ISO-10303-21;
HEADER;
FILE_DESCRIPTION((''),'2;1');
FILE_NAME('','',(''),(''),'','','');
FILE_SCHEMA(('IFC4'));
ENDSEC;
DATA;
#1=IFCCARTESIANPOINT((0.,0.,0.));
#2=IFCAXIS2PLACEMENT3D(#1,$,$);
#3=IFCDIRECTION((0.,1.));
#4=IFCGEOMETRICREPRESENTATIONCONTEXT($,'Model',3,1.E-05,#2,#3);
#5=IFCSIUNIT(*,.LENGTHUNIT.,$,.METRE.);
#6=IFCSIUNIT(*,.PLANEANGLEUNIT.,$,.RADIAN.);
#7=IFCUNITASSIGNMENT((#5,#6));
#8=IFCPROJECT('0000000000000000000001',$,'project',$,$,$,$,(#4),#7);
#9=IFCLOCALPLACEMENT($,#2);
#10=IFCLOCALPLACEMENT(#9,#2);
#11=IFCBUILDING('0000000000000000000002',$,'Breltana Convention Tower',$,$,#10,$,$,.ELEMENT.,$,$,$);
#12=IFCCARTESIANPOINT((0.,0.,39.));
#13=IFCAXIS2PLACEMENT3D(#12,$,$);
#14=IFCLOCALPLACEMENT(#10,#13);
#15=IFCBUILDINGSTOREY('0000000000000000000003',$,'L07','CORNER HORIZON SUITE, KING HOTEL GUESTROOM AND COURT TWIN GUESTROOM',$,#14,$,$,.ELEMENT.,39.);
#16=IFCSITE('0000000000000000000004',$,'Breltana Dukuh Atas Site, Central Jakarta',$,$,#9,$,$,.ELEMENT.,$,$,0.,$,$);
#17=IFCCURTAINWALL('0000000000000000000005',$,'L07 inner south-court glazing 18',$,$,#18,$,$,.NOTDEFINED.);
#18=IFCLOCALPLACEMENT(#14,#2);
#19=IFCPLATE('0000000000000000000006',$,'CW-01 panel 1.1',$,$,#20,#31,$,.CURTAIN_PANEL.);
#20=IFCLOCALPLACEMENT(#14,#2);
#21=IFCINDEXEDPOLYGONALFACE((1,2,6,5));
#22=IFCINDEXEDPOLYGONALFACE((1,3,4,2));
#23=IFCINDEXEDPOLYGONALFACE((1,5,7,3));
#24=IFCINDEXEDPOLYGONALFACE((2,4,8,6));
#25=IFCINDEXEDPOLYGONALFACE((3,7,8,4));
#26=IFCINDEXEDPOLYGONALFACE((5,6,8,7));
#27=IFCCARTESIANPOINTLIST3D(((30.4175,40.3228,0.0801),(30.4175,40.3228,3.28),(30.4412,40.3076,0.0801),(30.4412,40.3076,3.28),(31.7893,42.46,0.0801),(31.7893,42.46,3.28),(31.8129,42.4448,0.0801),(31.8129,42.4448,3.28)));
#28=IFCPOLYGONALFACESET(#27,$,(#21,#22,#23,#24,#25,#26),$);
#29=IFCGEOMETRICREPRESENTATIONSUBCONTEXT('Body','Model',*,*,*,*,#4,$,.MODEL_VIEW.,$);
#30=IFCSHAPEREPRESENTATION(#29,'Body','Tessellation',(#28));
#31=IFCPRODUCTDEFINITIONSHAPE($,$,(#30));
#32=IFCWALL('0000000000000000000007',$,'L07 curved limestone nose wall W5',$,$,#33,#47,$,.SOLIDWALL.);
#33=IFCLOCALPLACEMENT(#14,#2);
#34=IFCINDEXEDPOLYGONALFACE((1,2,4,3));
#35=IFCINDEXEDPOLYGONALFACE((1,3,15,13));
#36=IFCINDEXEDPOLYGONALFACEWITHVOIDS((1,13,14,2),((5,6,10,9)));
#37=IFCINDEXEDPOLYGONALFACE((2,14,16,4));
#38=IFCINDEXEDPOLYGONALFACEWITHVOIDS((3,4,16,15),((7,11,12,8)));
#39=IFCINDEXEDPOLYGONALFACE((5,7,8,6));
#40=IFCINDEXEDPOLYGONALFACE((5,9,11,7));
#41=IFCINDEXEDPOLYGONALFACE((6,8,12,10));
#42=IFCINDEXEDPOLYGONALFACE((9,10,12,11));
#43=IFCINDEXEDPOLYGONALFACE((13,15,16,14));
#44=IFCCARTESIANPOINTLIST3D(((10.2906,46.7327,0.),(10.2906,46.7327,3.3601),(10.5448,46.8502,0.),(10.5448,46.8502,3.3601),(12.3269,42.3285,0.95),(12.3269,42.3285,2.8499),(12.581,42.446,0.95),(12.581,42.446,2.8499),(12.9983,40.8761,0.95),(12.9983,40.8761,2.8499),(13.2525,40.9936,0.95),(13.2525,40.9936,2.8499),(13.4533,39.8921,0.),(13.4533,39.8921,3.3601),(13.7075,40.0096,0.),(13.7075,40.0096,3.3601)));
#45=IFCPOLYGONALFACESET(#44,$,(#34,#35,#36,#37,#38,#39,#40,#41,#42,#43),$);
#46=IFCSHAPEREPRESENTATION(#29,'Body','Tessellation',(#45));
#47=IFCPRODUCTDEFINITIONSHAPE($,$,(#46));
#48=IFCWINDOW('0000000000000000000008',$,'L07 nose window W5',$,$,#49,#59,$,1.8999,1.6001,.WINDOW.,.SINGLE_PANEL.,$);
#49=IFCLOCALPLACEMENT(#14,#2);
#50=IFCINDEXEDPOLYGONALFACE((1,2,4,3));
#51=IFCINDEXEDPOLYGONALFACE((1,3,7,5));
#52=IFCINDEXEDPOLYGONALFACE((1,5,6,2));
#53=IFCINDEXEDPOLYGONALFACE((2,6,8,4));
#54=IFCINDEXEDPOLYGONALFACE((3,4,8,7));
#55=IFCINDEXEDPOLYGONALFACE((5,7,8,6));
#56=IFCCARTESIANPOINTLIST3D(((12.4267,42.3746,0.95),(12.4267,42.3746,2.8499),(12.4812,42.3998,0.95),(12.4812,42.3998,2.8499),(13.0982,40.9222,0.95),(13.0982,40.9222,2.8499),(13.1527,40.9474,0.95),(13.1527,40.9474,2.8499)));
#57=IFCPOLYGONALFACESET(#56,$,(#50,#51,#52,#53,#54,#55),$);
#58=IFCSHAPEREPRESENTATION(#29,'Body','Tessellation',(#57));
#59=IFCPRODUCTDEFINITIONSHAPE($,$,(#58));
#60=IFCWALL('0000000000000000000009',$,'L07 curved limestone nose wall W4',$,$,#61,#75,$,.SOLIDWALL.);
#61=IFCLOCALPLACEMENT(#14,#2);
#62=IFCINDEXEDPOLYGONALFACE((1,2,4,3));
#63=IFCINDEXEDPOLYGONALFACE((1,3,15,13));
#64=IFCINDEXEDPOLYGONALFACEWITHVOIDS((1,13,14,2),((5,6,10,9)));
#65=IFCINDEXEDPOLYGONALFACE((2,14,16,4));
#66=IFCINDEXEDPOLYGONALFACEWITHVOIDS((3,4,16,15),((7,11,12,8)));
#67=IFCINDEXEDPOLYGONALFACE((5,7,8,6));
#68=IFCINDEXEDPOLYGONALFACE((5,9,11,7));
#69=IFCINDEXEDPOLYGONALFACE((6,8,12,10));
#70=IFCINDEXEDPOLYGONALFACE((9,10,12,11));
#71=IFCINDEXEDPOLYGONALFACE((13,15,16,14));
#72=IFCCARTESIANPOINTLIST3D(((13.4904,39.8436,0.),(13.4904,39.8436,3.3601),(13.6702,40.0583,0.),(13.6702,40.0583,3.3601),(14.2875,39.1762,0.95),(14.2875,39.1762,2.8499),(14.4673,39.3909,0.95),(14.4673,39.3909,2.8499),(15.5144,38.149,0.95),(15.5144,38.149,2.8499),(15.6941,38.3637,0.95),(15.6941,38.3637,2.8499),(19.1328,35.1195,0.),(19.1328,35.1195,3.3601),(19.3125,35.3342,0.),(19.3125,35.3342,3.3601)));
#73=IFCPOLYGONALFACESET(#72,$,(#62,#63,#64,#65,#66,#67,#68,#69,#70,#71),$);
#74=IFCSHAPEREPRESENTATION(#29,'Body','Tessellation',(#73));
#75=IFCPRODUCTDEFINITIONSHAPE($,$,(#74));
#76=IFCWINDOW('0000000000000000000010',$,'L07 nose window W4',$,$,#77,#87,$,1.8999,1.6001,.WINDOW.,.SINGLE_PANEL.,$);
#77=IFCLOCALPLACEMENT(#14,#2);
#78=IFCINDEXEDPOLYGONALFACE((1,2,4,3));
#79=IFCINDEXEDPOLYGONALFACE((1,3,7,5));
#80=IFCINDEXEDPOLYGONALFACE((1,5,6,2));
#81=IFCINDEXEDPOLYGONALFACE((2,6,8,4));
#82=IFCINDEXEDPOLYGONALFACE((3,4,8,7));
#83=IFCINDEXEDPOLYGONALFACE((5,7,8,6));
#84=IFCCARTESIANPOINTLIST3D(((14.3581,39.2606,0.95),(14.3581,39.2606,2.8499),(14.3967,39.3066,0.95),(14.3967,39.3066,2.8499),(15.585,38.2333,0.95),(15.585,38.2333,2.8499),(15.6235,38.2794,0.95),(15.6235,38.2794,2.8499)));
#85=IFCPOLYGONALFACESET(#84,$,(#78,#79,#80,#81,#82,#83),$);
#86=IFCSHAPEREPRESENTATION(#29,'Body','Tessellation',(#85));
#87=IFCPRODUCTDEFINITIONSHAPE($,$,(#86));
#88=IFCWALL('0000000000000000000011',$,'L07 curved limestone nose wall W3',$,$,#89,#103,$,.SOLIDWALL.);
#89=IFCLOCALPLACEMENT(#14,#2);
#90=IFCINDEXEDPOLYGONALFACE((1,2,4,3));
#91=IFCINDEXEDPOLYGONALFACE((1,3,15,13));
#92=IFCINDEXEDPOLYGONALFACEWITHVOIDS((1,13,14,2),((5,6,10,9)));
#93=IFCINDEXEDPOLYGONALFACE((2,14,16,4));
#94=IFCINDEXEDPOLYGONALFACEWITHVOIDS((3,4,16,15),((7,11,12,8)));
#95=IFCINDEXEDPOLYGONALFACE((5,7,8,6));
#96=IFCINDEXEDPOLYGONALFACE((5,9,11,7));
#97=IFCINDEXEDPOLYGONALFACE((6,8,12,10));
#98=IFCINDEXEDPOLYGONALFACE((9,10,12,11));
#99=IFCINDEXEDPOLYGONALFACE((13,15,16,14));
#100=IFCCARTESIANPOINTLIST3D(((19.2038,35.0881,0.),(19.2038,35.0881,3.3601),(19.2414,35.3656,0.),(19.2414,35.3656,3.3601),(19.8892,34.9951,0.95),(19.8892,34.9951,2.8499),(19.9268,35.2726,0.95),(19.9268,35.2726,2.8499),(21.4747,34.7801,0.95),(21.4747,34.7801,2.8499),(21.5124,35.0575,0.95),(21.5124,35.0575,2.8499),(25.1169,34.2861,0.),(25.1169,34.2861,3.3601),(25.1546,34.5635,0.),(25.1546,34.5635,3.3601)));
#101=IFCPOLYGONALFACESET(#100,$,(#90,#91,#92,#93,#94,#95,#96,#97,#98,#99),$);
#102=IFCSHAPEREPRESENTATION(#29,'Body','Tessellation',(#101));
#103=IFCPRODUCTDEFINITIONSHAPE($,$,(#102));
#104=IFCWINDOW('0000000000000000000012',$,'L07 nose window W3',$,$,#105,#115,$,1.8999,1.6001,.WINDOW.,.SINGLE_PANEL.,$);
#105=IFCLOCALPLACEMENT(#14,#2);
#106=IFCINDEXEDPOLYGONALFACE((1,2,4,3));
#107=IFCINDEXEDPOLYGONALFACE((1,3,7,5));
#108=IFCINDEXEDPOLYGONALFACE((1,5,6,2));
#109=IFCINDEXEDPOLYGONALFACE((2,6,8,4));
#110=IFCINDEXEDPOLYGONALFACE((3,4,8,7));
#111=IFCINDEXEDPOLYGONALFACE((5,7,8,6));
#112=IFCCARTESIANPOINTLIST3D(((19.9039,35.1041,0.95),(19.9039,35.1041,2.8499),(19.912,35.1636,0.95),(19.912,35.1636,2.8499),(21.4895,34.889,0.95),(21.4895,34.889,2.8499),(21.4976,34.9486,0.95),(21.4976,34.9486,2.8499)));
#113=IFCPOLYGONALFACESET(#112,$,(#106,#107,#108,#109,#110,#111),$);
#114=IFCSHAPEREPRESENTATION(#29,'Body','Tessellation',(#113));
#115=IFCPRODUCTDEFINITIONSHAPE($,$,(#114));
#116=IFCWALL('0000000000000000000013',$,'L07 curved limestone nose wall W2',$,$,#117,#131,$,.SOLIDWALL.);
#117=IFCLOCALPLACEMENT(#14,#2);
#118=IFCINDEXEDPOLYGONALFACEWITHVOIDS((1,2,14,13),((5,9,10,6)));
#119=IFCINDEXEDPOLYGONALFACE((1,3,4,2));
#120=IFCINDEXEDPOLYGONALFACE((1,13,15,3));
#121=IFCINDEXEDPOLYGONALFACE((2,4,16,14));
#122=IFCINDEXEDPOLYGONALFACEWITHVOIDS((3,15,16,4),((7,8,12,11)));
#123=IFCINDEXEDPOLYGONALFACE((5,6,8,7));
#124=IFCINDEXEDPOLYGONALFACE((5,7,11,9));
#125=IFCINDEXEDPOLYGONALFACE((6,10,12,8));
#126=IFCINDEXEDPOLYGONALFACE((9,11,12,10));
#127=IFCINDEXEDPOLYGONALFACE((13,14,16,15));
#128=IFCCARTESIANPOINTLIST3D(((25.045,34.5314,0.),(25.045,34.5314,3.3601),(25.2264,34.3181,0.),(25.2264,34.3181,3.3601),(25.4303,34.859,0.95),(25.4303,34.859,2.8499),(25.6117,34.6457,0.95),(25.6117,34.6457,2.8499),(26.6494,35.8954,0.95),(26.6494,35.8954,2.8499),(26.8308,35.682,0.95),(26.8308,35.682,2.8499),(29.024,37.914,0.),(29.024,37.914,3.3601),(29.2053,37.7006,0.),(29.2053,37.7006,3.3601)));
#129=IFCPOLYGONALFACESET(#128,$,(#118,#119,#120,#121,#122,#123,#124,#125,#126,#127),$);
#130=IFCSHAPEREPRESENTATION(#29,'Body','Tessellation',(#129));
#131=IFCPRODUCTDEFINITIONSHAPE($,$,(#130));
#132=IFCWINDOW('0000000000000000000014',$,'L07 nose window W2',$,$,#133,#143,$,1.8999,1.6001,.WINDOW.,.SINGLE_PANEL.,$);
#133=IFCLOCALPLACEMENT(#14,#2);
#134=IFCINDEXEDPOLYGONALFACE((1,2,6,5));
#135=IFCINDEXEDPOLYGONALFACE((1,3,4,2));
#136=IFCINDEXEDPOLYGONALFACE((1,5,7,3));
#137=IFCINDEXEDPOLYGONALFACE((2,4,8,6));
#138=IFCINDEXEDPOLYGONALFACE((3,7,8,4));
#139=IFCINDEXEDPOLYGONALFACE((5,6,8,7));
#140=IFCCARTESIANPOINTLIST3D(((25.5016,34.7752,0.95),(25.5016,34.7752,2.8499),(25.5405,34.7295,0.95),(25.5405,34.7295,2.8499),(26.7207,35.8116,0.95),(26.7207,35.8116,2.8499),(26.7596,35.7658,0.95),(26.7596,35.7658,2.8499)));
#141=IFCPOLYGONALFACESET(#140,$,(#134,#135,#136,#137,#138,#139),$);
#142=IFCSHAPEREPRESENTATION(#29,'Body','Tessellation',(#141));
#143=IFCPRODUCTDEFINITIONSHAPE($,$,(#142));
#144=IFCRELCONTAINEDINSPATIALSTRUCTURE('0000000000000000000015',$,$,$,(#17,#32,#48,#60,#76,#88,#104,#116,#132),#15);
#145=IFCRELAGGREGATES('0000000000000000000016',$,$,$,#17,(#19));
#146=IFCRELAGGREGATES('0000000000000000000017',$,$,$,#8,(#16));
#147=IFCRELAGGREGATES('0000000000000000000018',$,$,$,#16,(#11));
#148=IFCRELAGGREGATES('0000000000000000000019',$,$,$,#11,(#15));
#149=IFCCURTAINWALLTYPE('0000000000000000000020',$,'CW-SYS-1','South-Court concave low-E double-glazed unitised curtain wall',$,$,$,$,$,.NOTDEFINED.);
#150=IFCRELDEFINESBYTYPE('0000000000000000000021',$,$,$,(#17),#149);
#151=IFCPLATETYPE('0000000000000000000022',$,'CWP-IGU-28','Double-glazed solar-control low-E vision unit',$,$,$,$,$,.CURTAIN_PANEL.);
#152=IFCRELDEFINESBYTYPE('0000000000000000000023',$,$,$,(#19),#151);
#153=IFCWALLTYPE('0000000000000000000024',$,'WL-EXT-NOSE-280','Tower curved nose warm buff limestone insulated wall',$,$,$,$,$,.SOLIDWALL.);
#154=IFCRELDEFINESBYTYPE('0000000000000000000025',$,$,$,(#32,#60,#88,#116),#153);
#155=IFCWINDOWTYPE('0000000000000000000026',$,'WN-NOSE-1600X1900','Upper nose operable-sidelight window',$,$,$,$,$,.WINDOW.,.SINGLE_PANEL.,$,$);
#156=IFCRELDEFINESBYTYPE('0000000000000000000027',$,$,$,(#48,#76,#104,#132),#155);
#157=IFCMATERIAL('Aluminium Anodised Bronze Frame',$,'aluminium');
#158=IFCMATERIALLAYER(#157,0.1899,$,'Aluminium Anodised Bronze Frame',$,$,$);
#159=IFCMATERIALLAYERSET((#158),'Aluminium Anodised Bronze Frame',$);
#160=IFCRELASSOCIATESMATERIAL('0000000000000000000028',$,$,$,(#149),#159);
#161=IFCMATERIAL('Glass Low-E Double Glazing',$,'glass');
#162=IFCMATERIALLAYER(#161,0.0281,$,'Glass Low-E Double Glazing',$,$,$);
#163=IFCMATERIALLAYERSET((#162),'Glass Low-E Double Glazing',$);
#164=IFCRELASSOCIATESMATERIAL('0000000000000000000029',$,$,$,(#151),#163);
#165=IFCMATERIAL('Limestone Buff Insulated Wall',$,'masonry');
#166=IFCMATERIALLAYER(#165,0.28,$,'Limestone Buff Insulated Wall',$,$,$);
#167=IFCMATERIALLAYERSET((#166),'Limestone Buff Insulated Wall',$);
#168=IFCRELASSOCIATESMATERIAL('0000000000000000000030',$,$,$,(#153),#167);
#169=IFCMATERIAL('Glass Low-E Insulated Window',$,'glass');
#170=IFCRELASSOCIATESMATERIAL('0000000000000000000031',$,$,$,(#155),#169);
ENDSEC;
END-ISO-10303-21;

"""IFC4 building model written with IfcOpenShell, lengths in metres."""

from ifc_helpers import new_model, si_unit, direction, frame, frame_2d, origin, origin_2d, place, context, subcontext, project, spatial, rectangle, extrude, source, transform, mapped, material, layer, layer_set, type_object, type_shapes, element, fill, aggregate, save


model = new_model("IFC4")

# Units and contexts
model_context = context("Model", 3, precision=1e-05, world=origin(), true_north=direction((0.0, 1.0)))
body_context = subcontext(model_context, "Body", "Model", "MODEL_VIEW")
ifc_project = project(units=[si_unit("LENGTHUNIT", "METRE"), si_unit("PLANEANGLEUNIT", "RADIAN")], contexts=[model_context])

# Site, building, storey
site_placement = place(None, origin())
site = spatial("IfcSite", under=ifc_project, at=site_placement, Name="Breltana Dukuh Atas Site, Central Jakarta", CompositionType="ELEMENT", RefElevation=0.0)
building_placement = place(site_placement, origin())
building = spatial("IfcBuilding", under=site, at=building_placement, Name="Breltana Convention Tower", CompositionType="ELEMENT")
storey_placement = place(building_placement, frame((0.0, 0.0, 39.0)))
storey = spatial("IfcBuildingStorey", under=building, at=storey_placement, Name="L07", Description="CORNER HORIZON SUITE, KING HOTEL GUESTROOM AND COURT TWIN GUESTROOM", CompositionType="ELEMENT", Elevation=39.0)

# Curtain wall
ifc_material_1 = material(Name="Aluminium Anodised Bronze Frame", Category="aluminium")
ifc_layer_1 = layer(ifc_material_1, 0.1899, Name="Aluminium Anodised Bronze Frame")
ifc_layer_set_1 = layer_set([ifc_layer_1], Name="Aluminium Anodised Bronze Frame")
curtain_wall_type = type_object("IfcCurtainWallType", Name="CW-SYS-1", Description="South-Court concave low-E double-glazed unitised curtain wall", PredefinedType="NOTDEFINED", material=ifc_layer_set_1)
curtain_wall_1_placement = place(storey_placement, origin())
curtain_wall_1 = element("IfcCurtainWall", 1, at=curtain_wall_1_placement, inside=storey, type_object=curtain_wall_type, Name="L07 inner south-court glazing 18", PredefinedType="NOTDEFINED")

# Plate
ifc_material_2 = material(Name="Glass Low-E Double Glazing", Category="glass")
ifc_layer_2 = layer(ifc_material_2, 0.0281, Name="Glass Low-E Double Glazing")
ifc_layer_set_2 = layer_set([ifc_layer_2], Name="Glass Low-E Double Glazing")
plate_type = type_object("IfcPlateType", Name="CWP-IGU-28", Description="Double-glazed solar-control low-E vision unit", PredefinedType="CURTAIN_PANEL", material=ifc_layer_set_2)
shared_shape_1 = source(origin(), body_context, "Body", "SweptSolid", [
    extrude(rectangle(XDim=2.5396, YDim=0.0281, at=origin_2d()), origin(), (0.0, 0.0, 1.0), 3.2),
])
plate_1_placement = place(storey_placement, frame((31.1152, 41.3838, 0.0801), z_axis=(0.0, 0.0, 1.0), x_axis=(-0.54017, -0.841556, 0.0)))
plate_1 = element("IfcPlate", 2, at=plate_1_placement, type_object=plate_type, Name="CW-01 panel 1.1", PredefinedType="CURTAIN_PANEL", context=body_context, shape_type="MappedRepresentation", body=[
    mapped(shared_shape_1, transform((0.0, 0.0, 0.0), scale=1.0)),
])
aggregate(curtain_wall_1, [plate_1])

# Walls, openings, windows
ifc_material_3 = material(Name="Limestone Buff Insulated Wall", Category="masonry")
ifc_layer_3 = layer(ifc_material_3, 0.28, Name="Limestone Buff Insulated Wall")
ifc_layer_set_3 = layer_set([ifc_layer_3], Name="Limestone Buff Insulated Wall")
wall_type_1 = type_object("IfcWallType", Name="WL-EXT-NOSE-280", Description="Tower curved nose warm buff limestone insulated wall", PredefinedType="SOLIDWALL", material=ifc_layer_set_3)
shared_shape_2 = source(origin(), body_context, "Body", "SweptSolid", [
    extrude(rectangle(XDim=7.5364, YDim=0.28, at=frame_2d((3.7681, 0.0))), origin(), (0.0, 0.0, 1.0), 3.3601),
])
wall_1_placement = place(storey_placement, frame((13.5803, 39.9509, 0.0), z_axis=(0.0, 0.0, 1.0), x_axis=(-0.41965, 0.907686, 0.0)))
wall_1 = element("IfcWall", 3, at=wall_1_placement, inside=storey, type_object=wall_type_1, Name="L07 curved limestone nose wall W5", PredefinedType="SOLIDWALL", context=body_context, shape_type="MappedRepresentation", body=[
    mapped(shared_shape_2, transform((0.0, 0.0, 0.0), scale=1.0)),
])
opening_1_placement = place(wall_1_placement, frame((1.084, 0.0, 0.95)))
opening_1 = element("IfcOpeningElement", 4, at=opening_1_placement, cuts=wall_1, PredefinedType="OPENING", context=body_context, shape_type="SweptSolid", body=[
    extrude(rectangle(XDim=1.6001, YDim=1.8999, at=frame_2d((0.8, 0.95))), frame((0.0, 0.1499, 0.0), z_axis=(0.0, -1.0, 0.0), x_axis=(1.0, 0.0, 0.0)), (0.0, 0.0, 1.0), 0.3),
])
ifc_material_4 = material(Name="Glass Low-E Insulated Window", Category="glass")
window_type = type_object("IfcWindowType", Name="WN-NOSE-1600X1900", Description="Upper nose operable-sidelight window", PartitioningType="SINGLE_PANEL", PredefinedType="WINDOW", material=ifc_material_4)
shared_shape_3 = source(origin(), body_context, "Body", "SweptSolid", [
    extrude(rectangle(XDim=1.6001, YDim=1.8999, at=frame_2d((0.8, 0.95))), frame((0.0, 0.03, 0.0), z_axis=(0.0, -1.0, 0.0), x_axis=(1.0, 0.0, 0.0)), (0.0, 0.0, 1.0), 0.0601),
])
type_shapes(window_type, [shared_shape_3])
window_1_placement = place(opening_1_placement, origin())
window_1 = element("IfcWindow", 5, at=window_1_placement, inside=storey, type_object=window_type, Name="L07 nose window W5", OverallHeight=1.8999, OverallWidth=1.6001, PartitioningType="SINGLE_PANEL", PredefinedType="WINDOW", context=body_context, shape_type="MappedRepresentation", body=[
    mapped(shared_shape_3, transform((0.0, 0.0, 0.0), scale=1.0)),
])
fill(opening_1, window_1)
shared_shape_4 = source(origin(), body_context, "Body", "SweptSolid", [
    extrude(rectangle(XDim=7.3589, YDim=0.28, at=frame_2d((3.6794, 0.0))), origin(), (0.0, 0.0, 1.0), 3.3601),
])
wall_2_placement = place(storey_placement, frame((19.2227, 35.2268, 0.0), z_axis=(0.0, 0.0, 1.0), x_axis=(-0.766737, 0.641961, 0.0)))
wall_2 = element("IfcWall", 6, at=wall_2_placement, inside=storey, type_object=wall_type_1, Name="L07 curved limestone nose wall W4", PredefinedType="SOLIDWALL", context=body_context, shape_type="MappedRepresentation", body=[
    mapped(shared_shape_4, transform((0.0, 0.0, 0.0), scale=1.0)),
])
opening_2_placement = place(wall_2_placement, frame((4.7192, 0.0, 0.95)))
opening_2 = element("IfcOpeningElement", 7, at=opening_2_placement, cuts=wall_2, PredefinedType="OPENING", context=body_context, shape_type="SweptSolid", body=[
    extrude(rectangle(XDim=1.6001, YDim=1.8999, at=frame_2d((0.8, 0.95))), frame((0.0, 0.1499, 0.0), z_axis=(0.0, -1.0, 0.0), x_axis=(1.0, 0.0, 0.0)), (0.0, 0.0, 1.0), 0.3),
])
window_2_placement = place(opening_2_placement, origin())
window_2 = element("IfcWindow", 8, at=window_2_placement, inside=storey, type_object=window_type, Name="L07 nose window W4", OverallHeight=1.8999, OverallWidth=1.6001, PartitioningType="SINGLE_PANEL", PredefinedType="WINDOW", context=body_context, shape_type="MappedRepresentation", body=[
    mapped(shared_shape_3, transform((0.0, 0.0, 0.0), scale=1.0)),
])
fill(opening_2, window_2)
shared_shape_5 = source(origin(), body_context, "Body", "SweptSolid", [
    extrude(rectangle(XDim=5.9673, YDim=0.28, at=frame_2d((2.9836, 0.0))), origin(), (0.0, 0.0, 1.0), 3.3601),
])
wall_3_placement = place(storey_placement, frame((25.1357, 34.4248, 0.0), z_axis=(0.0, 0.0, 1.0), x_axis=(-0.990927, 0.134401, 0.0)))
wall_3 = element("IfcWall", 9, at=wall_3_placement, inside=storey, type_object=wall_type_1, Name="L07 curved limestone nose wall W3", PredefinedType="SOLIDWALL", context=body_context, shape_type="MappedRepresentation", body=[
    mapped(shared_shape_5, transform((0.0, 0.0, 0.0), scale=1.0)),
])
opening_3_placement = place(wall_3_placement, frame((3.6755, 0.0, 0.95)))
opening_3 = element("IfcOpeningElement", 10, at=opening_3_placement, cuts=wall_3, PredefinedType="OPENING", context=body_context, shape_type="SweptSolid", body=[
    extrude(rectangle(XDim=1.6001, YDim=1.8999, at=frame_2d((0.8, 0.95))), frame((0.0, 0.1499, 0.0), z_axis=(0.0, -1.0, 0.0), x_axis=(1.0, 0.0, 0.0)), (0.0, 0.0, 1.0), 0.3),
])
window_3_placement = place(opening_3_placement, origin())
window_3 = element("IfcWindow", 11, at=window_3_placement, inside=storey, type_object=window_type, Name="L07 nose window W3", OverallHeight=1.8999, OverallWidth=1.6001, PartitioningType="SINGLE_PANEL", PredefinedType="WINDOW", context=body_context, shape_type="MappedRepresentation", body=[
    mapped(shared_shape_3, transform((0.0, 0.0, 0.0), scale=1.0)),
])
fill(opening_3, window_3)
shared_shape_6 = source(origin(), body_context, "Body", "SweptSolid", [
    extrude(rectangle(XDim=5.2224, YDim=0.28, at=frame_2d((2.6113, 0.0))), origin(), (0.0, 0.0, 1.0), 3.3601),
])
wall_4_placement = place(storey_placement, frame((29.1147, 37.8074, 0.0), z_axis=(0.0, 0.0, 1.0), x_axis=(-0.7619, -0.647695, 0.0)))
wall_4 = element("IfcWall", 12, at=wall_4_placement, inside=storey, type_object=wall_type_1, Name="L07 curved limestone nose wall W2", PredefinedType="SOLIDWALL", context=body_context, shape_type="MappedRepresentation", body=[
    mapped(shared_shape_6, transform((0.0, 0.0, 0.0), scale=1.0)),
])
opening_4_placement = place(wall_4_placement, frame((3.1167, 0.0, 0.95)))
opening_4 = element("IfcOpeningElement", 13, at=opening_4_placement, cuts=wall_4, PredefinedType="OPENING", context=body_context, shape_type="SweptSolid", body=[
    extrude(rectangle(XDim=1.6001, YDim=1.8999, at=frame_2d((0.8, 0.95))), frame((0.0, 0.1499, 0.0), z_axis=(0.0, -1.0, 0.0), x_axis=(1.0, 0.0, 0.0)), (0.0, 0.0, 1.0), 0.3),
])
window_4_placement = place(opening_4_placement, origin())
window_4 = element("IfcWindow", 14, at=window_4_placement, inside=storey, type_object=window_type, Name="L07 nose window W2", OverallHeight=1.8999, OverallWidth=1.6001, PartitioningType="SINGLE_PANEL", PredefinedType="WINDOW", context=body_context, shape_type="MappedRepresentation", body=[
    mapped(shared_shape_3, transform((0.0, 0.0, 0.0), scale=1.0)),
])
fill(opening_4, window_4)

save(model, "model.ifc")
